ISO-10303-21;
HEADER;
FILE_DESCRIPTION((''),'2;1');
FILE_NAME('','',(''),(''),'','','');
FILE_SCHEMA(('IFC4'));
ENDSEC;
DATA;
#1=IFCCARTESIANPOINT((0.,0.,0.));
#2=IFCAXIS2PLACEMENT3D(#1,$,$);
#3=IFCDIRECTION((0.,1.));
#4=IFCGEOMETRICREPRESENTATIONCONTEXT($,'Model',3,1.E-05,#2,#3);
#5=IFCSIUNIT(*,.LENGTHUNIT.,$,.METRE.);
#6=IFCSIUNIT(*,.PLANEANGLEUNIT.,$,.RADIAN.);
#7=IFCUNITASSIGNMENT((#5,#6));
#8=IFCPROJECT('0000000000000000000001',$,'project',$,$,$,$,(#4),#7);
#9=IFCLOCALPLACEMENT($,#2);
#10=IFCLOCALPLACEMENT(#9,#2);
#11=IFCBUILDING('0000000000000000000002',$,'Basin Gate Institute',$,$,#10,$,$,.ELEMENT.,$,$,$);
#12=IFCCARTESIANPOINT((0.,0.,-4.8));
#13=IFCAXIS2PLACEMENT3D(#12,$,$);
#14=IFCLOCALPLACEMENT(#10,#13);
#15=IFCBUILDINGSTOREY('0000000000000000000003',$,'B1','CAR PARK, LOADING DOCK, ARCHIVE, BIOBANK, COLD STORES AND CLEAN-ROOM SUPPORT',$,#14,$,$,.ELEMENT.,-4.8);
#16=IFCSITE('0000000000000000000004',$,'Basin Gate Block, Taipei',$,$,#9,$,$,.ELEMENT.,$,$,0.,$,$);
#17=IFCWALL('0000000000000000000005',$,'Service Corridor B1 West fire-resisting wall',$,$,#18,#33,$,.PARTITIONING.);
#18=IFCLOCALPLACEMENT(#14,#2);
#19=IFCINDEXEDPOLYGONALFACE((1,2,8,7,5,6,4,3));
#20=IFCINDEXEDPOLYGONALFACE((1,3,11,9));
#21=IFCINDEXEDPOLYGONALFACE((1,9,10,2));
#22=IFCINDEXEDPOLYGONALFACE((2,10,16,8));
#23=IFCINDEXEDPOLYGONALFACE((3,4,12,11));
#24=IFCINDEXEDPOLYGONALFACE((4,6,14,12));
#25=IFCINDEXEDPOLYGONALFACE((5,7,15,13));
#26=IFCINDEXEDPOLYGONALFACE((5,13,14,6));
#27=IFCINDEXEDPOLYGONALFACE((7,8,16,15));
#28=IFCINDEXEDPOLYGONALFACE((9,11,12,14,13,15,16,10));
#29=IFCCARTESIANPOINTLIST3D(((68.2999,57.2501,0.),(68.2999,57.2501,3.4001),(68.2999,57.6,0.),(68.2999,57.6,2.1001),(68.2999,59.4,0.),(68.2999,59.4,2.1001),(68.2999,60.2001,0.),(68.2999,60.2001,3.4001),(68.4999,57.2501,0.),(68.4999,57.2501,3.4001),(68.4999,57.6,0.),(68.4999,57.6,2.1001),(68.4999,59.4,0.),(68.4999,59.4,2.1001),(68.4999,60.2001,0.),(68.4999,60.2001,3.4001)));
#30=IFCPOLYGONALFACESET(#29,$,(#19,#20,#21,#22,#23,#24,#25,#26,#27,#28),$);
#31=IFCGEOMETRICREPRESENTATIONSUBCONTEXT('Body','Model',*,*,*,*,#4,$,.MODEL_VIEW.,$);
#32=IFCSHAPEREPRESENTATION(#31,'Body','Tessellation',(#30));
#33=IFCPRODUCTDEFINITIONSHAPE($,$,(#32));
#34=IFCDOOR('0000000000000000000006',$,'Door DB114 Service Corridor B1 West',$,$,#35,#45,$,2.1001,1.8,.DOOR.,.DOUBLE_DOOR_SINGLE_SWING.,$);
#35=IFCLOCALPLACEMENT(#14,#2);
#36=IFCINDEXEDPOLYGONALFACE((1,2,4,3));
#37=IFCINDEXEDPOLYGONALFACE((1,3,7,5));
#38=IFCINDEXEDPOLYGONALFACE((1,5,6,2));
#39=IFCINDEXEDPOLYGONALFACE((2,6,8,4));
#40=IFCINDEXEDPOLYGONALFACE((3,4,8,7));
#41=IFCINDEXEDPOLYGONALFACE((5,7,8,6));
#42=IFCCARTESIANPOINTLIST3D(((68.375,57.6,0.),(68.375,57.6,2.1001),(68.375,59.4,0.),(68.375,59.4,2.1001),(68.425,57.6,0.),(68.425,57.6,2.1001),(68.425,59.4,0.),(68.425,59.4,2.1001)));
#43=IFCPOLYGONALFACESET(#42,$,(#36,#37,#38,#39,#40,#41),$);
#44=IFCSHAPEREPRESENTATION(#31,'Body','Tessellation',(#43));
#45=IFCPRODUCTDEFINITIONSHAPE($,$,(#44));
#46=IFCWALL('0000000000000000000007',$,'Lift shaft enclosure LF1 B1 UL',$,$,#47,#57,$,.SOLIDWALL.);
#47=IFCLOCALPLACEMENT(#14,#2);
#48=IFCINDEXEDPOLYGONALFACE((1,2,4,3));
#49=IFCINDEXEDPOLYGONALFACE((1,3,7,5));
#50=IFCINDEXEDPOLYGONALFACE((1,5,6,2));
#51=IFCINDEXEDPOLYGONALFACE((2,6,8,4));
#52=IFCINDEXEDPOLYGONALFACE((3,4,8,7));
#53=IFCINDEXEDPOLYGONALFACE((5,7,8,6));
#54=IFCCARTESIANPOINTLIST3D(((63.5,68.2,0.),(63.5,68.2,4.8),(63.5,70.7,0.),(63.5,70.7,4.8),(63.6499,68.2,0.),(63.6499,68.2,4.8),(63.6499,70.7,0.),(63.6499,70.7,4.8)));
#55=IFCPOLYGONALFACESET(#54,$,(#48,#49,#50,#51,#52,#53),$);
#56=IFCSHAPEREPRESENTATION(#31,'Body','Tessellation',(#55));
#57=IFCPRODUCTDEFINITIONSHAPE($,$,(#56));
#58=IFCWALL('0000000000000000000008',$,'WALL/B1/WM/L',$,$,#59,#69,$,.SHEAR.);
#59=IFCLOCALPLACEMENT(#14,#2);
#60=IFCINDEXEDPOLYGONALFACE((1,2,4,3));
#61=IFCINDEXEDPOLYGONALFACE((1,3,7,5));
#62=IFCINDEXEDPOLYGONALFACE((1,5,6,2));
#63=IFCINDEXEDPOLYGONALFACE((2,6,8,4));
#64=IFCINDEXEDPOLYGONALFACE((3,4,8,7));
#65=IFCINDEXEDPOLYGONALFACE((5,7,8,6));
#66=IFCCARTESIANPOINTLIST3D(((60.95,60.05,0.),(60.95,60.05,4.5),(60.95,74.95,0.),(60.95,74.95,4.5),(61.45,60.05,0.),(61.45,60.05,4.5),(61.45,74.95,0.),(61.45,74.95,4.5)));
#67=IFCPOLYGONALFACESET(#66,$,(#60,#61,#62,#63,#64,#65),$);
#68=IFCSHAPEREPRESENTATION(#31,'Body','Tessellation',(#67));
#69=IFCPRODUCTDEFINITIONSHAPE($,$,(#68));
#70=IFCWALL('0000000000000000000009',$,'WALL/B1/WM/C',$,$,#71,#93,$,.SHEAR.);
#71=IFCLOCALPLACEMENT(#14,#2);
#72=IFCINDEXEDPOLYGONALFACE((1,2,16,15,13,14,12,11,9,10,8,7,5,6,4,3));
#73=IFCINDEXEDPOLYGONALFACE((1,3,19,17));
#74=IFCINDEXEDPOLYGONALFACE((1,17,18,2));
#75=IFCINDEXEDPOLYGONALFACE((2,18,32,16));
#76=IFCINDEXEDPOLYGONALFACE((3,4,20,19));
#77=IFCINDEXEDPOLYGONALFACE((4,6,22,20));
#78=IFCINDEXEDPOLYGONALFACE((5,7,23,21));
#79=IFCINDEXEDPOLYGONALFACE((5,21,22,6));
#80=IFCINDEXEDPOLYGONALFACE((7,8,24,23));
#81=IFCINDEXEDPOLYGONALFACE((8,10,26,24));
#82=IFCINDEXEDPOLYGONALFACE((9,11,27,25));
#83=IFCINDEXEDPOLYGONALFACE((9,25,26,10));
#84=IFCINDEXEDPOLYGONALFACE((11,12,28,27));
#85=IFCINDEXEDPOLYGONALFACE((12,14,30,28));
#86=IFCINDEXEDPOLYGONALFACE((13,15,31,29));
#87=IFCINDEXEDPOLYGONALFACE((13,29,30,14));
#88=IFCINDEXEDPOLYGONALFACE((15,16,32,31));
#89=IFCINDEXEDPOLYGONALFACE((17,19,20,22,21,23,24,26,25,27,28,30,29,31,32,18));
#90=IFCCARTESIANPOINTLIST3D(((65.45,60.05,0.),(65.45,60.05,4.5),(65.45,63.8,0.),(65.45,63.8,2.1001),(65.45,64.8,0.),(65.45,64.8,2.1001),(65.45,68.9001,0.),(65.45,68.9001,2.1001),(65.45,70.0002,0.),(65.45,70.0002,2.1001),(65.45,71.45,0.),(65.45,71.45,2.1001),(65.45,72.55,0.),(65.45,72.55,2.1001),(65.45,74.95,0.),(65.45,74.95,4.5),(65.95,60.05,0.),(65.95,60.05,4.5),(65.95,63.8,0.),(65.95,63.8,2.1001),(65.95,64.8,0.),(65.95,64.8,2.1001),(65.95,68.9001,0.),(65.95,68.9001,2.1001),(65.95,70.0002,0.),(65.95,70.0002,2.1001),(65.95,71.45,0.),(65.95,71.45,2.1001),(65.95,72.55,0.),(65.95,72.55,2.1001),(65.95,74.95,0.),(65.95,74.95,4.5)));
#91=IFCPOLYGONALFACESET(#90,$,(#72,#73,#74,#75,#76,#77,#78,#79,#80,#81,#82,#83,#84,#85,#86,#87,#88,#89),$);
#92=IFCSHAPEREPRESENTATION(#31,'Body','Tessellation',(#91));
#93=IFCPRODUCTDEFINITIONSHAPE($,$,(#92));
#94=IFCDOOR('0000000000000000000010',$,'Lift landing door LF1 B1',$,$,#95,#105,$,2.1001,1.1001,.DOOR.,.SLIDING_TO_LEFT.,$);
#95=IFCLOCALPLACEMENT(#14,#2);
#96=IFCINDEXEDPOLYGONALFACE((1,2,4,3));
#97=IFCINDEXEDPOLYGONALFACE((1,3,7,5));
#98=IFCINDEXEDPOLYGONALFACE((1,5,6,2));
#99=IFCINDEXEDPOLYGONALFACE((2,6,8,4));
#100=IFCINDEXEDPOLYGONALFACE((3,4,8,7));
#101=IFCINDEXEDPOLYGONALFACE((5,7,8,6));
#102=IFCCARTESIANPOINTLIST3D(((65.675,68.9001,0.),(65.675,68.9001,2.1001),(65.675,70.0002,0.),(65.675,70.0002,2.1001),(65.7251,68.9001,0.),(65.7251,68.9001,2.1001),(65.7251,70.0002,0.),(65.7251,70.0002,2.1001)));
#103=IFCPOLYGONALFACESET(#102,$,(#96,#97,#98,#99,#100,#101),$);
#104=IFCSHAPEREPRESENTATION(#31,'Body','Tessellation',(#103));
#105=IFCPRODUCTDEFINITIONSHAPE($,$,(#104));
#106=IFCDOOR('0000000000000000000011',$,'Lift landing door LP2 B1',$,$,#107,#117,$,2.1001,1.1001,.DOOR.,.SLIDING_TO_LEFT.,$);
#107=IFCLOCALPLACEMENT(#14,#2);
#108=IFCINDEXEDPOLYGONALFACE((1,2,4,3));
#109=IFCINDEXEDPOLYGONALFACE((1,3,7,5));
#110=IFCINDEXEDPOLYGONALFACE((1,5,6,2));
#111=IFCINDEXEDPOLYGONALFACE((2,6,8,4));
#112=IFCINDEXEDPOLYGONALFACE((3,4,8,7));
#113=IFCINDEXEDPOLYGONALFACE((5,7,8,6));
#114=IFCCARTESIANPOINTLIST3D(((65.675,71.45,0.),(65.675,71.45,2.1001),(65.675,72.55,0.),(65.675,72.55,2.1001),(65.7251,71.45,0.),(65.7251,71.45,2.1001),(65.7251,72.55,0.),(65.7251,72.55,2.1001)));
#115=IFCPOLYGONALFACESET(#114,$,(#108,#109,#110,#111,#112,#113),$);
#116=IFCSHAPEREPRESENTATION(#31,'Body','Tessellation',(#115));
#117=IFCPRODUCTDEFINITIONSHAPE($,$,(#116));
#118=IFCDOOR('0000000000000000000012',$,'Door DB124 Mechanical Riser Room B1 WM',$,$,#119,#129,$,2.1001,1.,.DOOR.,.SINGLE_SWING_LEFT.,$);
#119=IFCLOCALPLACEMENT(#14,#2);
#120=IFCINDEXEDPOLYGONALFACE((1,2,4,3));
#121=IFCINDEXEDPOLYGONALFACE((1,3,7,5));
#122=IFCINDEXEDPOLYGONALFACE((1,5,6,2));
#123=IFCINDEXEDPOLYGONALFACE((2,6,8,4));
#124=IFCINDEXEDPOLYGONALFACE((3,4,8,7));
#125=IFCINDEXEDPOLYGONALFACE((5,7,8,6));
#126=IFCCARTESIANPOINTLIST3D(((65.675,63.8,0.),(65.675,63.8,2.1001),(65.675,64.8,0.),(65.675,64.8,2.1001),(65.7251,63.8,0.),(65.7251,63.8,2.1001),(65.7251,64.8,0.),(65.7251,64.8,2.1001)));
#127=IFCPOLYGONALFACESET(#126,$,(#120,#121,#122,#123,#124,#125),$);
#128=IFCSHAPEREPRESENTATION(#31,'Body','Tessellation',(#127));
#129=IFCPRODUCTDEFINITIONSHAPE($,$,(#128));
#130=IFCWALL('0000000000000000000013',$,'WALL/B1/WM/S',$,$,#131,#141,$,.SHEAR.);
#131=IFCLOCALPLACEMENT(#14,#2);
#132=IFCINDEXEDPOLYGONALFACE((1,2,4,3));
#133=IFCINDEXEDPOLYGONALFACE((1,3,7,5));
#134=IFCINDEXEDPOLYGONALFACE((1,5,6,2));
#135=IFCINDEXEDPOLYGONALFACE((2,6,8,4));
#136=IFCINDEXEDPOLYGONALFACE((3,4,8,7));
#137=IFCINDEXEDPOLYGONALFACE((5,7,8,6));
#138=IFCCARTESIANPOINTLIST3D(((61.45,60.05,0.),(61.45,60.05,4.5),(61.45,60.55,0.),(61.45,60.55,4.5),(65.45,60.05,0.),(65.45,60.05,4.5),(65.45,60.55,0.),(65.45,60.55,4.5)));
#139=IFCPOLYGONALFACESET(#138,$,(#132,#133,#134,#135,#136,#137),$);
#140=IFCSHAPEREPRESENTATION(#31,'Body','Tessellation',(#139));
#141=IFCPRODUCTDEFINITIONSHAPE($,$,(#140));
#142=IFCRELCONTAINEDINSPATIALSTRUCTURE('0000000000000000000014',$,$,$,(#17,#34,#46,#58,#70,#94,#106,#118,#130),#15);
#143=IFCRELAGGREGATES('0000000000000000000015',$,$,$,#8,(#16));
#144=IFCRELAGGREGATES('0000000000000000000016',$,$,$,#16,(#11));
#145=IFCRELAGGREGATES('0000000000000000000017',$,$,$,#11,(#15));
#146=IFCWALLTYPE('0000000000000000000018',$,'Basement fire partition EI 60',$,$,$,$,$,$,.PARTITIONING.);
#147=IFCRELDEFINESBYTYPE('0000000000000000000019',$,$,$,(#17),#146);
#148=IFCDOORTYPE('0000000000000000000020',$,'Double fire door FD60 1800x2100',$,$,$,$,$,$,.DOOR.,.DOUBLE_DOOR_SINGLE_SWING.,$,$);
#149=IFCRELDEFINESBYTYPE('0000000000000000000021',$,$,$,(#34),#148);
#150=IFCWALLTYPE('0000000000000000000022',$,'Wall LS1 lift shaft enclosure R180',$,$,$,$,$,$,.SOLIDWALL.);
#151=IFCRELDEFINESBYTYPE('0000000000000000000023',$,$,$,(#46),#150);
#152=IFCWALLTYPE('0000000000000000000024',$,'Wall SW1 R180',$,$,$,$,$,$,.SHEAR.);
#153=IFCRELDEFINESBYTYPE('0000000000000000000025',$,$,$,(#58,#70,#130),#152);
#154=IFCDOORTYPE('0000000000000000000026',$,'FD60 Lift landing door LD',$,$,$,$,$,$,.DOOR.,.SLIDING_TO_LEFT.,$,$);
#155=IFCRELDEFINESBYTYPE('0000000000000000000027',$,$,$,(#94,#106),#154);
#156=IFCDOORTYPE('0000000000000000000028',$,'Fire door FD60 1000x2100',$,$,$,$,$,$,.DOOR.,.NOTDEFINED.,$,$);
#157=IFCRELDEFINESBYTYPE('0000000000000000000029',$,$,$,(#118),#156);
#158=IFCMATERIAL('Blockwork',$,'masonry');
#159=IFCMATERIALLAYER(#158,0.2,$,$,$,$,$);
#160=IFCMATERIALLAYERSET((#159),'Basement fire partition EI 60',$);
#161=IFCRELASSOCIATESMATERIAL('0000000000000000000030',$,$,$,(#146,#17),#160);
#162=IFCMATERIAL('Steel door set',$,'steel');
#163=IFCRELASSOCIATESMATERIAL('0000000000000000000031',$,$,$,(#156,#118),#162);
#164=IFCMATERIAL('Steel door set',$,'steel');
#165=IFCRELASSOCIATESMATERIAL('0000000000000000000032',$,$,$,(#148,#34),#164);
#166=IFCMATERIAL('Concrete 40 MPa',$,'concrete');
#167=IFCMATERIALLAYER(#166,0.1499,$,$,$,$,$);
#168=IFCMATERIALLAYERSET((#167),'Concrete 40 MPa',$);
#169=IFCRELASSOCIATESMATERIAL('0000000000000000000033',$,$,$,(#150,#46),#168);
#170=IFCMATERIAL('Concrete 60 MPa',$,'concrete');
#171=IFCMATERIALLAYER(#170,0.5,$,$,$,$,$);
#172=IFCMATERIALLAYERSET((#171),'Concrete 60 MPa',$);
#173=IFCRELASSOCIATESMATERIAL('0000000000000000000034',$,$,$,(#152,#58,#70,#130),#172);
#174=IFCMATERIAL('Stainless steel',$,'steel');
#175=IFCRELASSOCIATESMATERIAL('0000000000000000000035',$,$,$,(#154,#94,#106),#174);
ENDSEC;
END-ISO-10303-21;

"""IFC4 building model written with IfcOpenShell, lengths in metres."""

from ifc_helpers import new_model, si_unit, direction, frame, frame_2d, origin, place, context, subcontext, project, spatial, rectangle, extrude, material, layer, layer_set, type_object, element, fill, save


model = new_model("IFC4")

# Units and contexts
model_context = context("Model", 3, precision=1e-05, world=origin(), true_north=direction((0.0, 1.0)))
body_context = subcontext(model_context, "Body", "Model", "MODEL_VIEW")
ifc_project = project(units=[si_unit("LENGTHUNIT", "METRE"), si_unit("PLANEANGLEUNIT", "RADIAN")], contexts=[model_context])

# Site, building, storey
site_placement = place(None, origin())
site = spatial("IfcSite", under=ifc_project, at=site_placement, Name="Basin Gate Block, Taipei", CompositionType="ELEMENT", RefElevation=0.0)
building_placement = place(site_placement, origin())
building = spatial("IfcBuilding", under=site, at=building_placement, Name="Basin Gate Institute", CompositionType="ELEMENT")
storey_placement = place(building_placement, frame((0.0, 0.0, -4.8)))
storey = spatial("IfcBuildingStorey", under=building, at=storey_placement, Name="B1", Description="CAR PARK, LOADING DOCK, ARCHIVE, BIOBANK, COLD STORES AND CLEAN-ROOM SUPPORT", CompositionType="ELEMENT", Elevation=-4.8)

# Wall, opening, door
ifc_material_1 = material(Name="Blockwork", Category="masonry")
ifc_layer_1 = layer(ifc_material_1, 0.2)
ifc_layer_set_1 = layer_set([ifc_layer_1], Name="Basement fire partition EI 60")
wall_type_1 = type_object("IfcWallType", Name="Basement fire partition EI 60", PredefinedType="PARTITIONING", material=ifc_layer_set_1)
ifc_material_2 = material(Name="Steel door set", Category="steel")
door_type_1 = type_object("IfcDoorType", Name="Fire door FD60 1000x2100", OperationType="NOTDEFINED", PredefinedType="DOOR", material=ifc_material_2)
ifc_material_3 = material(Name="Steel door set", Category="steel")
door_type_2 = type_object("IfcDoorType", Name="Double fire door FD60 1800x2100", OperationType="DOUBLE_DOOR_SINGLE_SWING", PredefinedType="DOOR", material=ifc_material_3)
wall_1_placement = place(storey_placement, frame((68.3999, 57.25, 0.0), z_axis=(0.0, 0.0, 1.0), x_axis=(0.0, 1.0, 0.0)))
wall_1 = element("IfcWall", 1, at=wall_1_placement, inside=storey, type_object=wall_type_1, material=ifc_layer_set_1, Name="Service Corridor B1 West fire-resisting wall", PredefinedType="PARTITIONING", context=body_context, shape_type="SweptSolid", body=[
    extrude(rectangle(XDim=2.95, YDim=0.2, at=frame_2d((1.4751, 0.0))), origin(), (0.0, 0.0, 1.0), 3.4001),
])
opening_1_placement = place(wall_1_placement, frame((0.3501, 0.0, 0.0)))
opening_1 = element("IfcOpeningElement", 2, at=opening_1_placement, cuts=wall_1, PredefinedType="OPENING", context=body_context, shape_type="SweptSolid", body=[
    extrude(rectangle(XDim=1.8, YDim=2.1001, at=frame_2d((0.8999, 1.05))), frame((0.0, 0.1099, 0.0), z_axis=(0.0, -1.0, 0.0), x_axis=(1.0, 0.0, 0.0)), (0.0, 0.0, 1.0), 0.22),
])
door_1_placement = place(opening_1_placement, origin())
door_1 = element("IfcDoor", 3, at=door_1_placement, inside=storey, type_object=door_type_2, material=ifc_material_3, Name="Door DB114 Service Corridor B1 West", OperationType="DOUBLE_DOOR_SINGLE_SWING", OverallHeight=2.1001, OverallWidth=1.8, PredefinedType="DOOR", context=body_context, shape_type="SweptSolid", body=[
    extrude(rectangle(XDim=1.8, YDim=2.1001, at=frame_2d((0.8999, 1.05))), frame((0.0, 0.0249, 0.0), z_axis=(0.0, -1.0, 0.0), x_axis=(1.0, 0.0, 0.0)), (0.0, 0.0, 1.0), 0.05),
])
fill(opening_1, door_1)

# Walls
ifc_material_4 = material(Name="Concrete 40 MPa", Category="concrete")
ifc_layer_2 = layer(ifc_material_4, 0.1499)
ifc_layer_set_2 = layer_set([ifc_layer_2], Name="Concrete 40 MPa")
wall_type_2 = type_object("IfcWallType", Name="Wall LS1 lift shaft enclosure R180", PredefinedType="SOLIDWALL", material=ifc_layer_set_2)
wall_2_placement = place(storey_placement, frame((63.575, 68.2, 0.0), z_axis=(0.0, 0.0, 1.0), x_axis=(0.0, 1.0, 0.0)))
element("IfcWall", 4, at=wall_2_placement, inside=storey, type_object=wall_type_2, material=ifc_layer_set_2, Name="Lift shaft enclosure LF1 B1 UL", PredefinedType="SOLIDWALL", context=body_context, shape_type="SweptSolid", body=[
    extrude(rectangle(XDim=2.5, YDim=0.1499, at=frame_2d((1.25, 0.0))), origin(), (0.0, 0.0, 1.0), 4.8),
])
ifc_material_5 = material(Name="Concrete 60 MPa", Category="concrete")
ifc_layer_3 = layer(ifc_material_5, 0.5)
ifc_layer_set_3 = layer_set([ifc_layer_3], Name="Concrete 60 MPa")
wall_type_3 = type_object("IfcWallType", Name="Wall SW1 R180", PredefinedType="SHEAR", material=ifc_layer_set_3)
wall_3_placement = place(storey_placement, frame((61.2, 60.05, 0.0), z_axis=(0.0, 0.0, 1.0), x_axis=(0.0, 1.0, 0.0)))
element("IfcWall", 5, at=wall_3_placement, inside=storey, type_object=wall_type_3, material=ifc_layer_set_3, Name="WALL/B1/WM/L", PredefinedType="SHEAR", context=body_context, shape_type="SweptSolid", body=[
    extrude(rectangle(XDim=14.8999, YDim=0.5, at=frame_2d((7.45, 0.0))), origin(), (0.0, 0.0, 1.0), 4.5),
])

# Wall, openings, doors
wall_4_placement = place(storey_placement, frame((65.7, 60.05, 0.0), z_axis=(0.0, 0.0, 1.0), x_axis=(0.0, 1.0, 0.0)))
wall_4 = element("IfcWall", 6, at=wall_4_placement, inside=storey, type_object=wall_type_3, material=ifc_layer_set_3, Name="WALL/B1/WM/C", PredefinedType="SHEAR", context=body_context, shape_type="SweptSolid", body=[
    extrude(rectangle(XDim=14.8999, YDim=0.5, at=frame_2d((7.45, 0.0))), origin(), (0.0, 0.0, 1.0), 4.5),
])
opening_2_placement = place(wall_4_placement, frame((8.8501, 0.0, 0.0)))
opening_2 = element("IfcOpeningElement", 7, at=opening_2_placement, cuts=wall_4, PredefinedType="OPENING", context=body_context, shape_type="SweptSolid", body=[
    extrude(rectangle(XDim=1.1001, YDim=2.1001, at=frame_2d((0.55, 1.05))), frame((0.0, 0.26, 0.0), z_axis=(0.0, -1.0, 0.0), x_axis=(1.0, 0.0, 0.0)), (0.0, 0.0, 1.0), 0.52),
])
opening_3_placement = place(wall_4_placement, frame((11.3999, 0.0, 0.0)))
opening_3 = element("IfcOpeningElement", 8, at=opening_3_placement, cuts=wall_4, PredefinedType="OPENING", context=body_context, shape_type="SweptSolid", body=[
    extrude(rectangle(XDim=1.1001, YDim=2.1001, at=frame_2d((0.55, 1.05))), frame((0.0, 0.26, 0.0), z_axis=(0.0, -1.0, 0.0), x_axis=(1.0, 0.0, 0.0)), (0.0, 0.0, 1.0), 0.52),
])
opening_4_placement = place(wall_4_placement, frame((3.75, 0.0, 0.0)))
opening_4 = element("IfcOpeningElement", 9, at=opening_4_placement, cuts=wall_4, PredefinedType="OPENING", context=body_context, shape_type="SweptSolid", body=[
    extrude(rectangle(XDim=1.0, YDim=2.1001, at=frame_2d((0.5, 1.05))), frame((0.0, 0.26, 0.0), z_axis=(0.0, -1.0, 0.0), x_axis=(1.0, 0.0, 0.0)), (0.0, 0.0, 1.0), 0.52),
])
ifc_material_6 = material(Name="Stainless steel", Category="steel")
door_type_3 = type_object("IfcDoorType", Name="FD60 Lift landing door LD", OperationType="SLIDING_TO_LEFT", PredefinedType="DOOR", material=ifc_material_6)
door_2_placement = place(opening_2_placement, origin())
door_2 = element("IfcDoor", 10, at=door_2_placement, inside=storey, type_object=door_type_3, material=ifc_material_6, Name="Lift landing door LF1 B1", OperationType="SLIDING_TO_LEFT", OverallHeight=2.1001, OverallWidth=1.1001, PredefinedType="DOOR", context=body_context, shape_type="SweptSolid", body=[
    extrude(rectangle(XDim=1.1001, YDim=2.1001, at=frame_2d((0.55, 1.05))), frame((0.0, 0.0249, 0.0), z_axis=(0.0, -1.0, 0.0), x_axis=(1.0, 0.0, 0.0)), (0.0, 0.0, 1.0), 0.05),
])
fill(opening_2, door_2)
door_3_placement = place(opening_3_placement, origin())
door_3 = element("IfcDoor", 11, at=door_3_placement, inside=storey, type_object=door_type_3, material=ifc_material_6, Name="Lift landing door LP2 B1", OperationType="SLIDING_TO_LEFT", OverallHeight=2.1001, OverallWidth=1.1001, PredefinedType="DOOR", context=body_context, shape_type="SweptSolid", body=[
    extrude(rectangle(XDim=1.1001, YDim=2.1001, at=frame_2d((0.55, 1.05))), frame((0.0, 0.0249, 0.0), z_axis=(0.0, -1.0, 0.0), x_axis=(1.0, 0.0, 0.0)), (0.0, 0.0, 1.0), 0.05),
])
fill(opening_3, door_3)
door_4_placement = place(opening_4_placement, origin())
door_4 = element("IfcDoor", 12, at=door_4_placement, inside=storey, type_object=door_type_1, material=ifc_material_2, Name="Door DB124 Mechanical Riser Room B1 WM", OperationType="SINGLE_SWING_LEFT", OverallHeight=2.1001, OverallWidth=1.0, PredefinedType="DOOR", context=body_context, shape_type="SweptSolid", body=[
    extrude(rectangle(XDim=1.0, YDim=2.1001, at=frame_2d((0.5, 1.05))), frame((0.0, 0.0249, 0.0), z_axis=(0.0, -1.0, 0.0), x_axis=(1.0, 0.0, 0.0)), (0.0, 0.0, 1.0), 0.05),
])
fill(opening_4, door_4)

# Wall
wall_5_placement = place(storey_placement, frame((61.45, 60.3, 0.0), z_axis=(0.0, 0.0, 1.0), x_axis=(1.0, 0.0, 0.0)))
element("IfcWall", 13, at=wall_5_placement, inside=storey, type_object=wall_type_3, material=ifc_layer_set_3, Name="WALL/B1/WM/S", PredefinedType="SHEAR", context=body_context, shape_type="SweptSolid", body=[
    extrude(rectangle(XDim=4.0, YDim=0.5, at=frame_2d((2.0, 0.0))), origin(), (0.0, 0.0, 1.0), 4.5),
])

save(model, "model.ifc")
